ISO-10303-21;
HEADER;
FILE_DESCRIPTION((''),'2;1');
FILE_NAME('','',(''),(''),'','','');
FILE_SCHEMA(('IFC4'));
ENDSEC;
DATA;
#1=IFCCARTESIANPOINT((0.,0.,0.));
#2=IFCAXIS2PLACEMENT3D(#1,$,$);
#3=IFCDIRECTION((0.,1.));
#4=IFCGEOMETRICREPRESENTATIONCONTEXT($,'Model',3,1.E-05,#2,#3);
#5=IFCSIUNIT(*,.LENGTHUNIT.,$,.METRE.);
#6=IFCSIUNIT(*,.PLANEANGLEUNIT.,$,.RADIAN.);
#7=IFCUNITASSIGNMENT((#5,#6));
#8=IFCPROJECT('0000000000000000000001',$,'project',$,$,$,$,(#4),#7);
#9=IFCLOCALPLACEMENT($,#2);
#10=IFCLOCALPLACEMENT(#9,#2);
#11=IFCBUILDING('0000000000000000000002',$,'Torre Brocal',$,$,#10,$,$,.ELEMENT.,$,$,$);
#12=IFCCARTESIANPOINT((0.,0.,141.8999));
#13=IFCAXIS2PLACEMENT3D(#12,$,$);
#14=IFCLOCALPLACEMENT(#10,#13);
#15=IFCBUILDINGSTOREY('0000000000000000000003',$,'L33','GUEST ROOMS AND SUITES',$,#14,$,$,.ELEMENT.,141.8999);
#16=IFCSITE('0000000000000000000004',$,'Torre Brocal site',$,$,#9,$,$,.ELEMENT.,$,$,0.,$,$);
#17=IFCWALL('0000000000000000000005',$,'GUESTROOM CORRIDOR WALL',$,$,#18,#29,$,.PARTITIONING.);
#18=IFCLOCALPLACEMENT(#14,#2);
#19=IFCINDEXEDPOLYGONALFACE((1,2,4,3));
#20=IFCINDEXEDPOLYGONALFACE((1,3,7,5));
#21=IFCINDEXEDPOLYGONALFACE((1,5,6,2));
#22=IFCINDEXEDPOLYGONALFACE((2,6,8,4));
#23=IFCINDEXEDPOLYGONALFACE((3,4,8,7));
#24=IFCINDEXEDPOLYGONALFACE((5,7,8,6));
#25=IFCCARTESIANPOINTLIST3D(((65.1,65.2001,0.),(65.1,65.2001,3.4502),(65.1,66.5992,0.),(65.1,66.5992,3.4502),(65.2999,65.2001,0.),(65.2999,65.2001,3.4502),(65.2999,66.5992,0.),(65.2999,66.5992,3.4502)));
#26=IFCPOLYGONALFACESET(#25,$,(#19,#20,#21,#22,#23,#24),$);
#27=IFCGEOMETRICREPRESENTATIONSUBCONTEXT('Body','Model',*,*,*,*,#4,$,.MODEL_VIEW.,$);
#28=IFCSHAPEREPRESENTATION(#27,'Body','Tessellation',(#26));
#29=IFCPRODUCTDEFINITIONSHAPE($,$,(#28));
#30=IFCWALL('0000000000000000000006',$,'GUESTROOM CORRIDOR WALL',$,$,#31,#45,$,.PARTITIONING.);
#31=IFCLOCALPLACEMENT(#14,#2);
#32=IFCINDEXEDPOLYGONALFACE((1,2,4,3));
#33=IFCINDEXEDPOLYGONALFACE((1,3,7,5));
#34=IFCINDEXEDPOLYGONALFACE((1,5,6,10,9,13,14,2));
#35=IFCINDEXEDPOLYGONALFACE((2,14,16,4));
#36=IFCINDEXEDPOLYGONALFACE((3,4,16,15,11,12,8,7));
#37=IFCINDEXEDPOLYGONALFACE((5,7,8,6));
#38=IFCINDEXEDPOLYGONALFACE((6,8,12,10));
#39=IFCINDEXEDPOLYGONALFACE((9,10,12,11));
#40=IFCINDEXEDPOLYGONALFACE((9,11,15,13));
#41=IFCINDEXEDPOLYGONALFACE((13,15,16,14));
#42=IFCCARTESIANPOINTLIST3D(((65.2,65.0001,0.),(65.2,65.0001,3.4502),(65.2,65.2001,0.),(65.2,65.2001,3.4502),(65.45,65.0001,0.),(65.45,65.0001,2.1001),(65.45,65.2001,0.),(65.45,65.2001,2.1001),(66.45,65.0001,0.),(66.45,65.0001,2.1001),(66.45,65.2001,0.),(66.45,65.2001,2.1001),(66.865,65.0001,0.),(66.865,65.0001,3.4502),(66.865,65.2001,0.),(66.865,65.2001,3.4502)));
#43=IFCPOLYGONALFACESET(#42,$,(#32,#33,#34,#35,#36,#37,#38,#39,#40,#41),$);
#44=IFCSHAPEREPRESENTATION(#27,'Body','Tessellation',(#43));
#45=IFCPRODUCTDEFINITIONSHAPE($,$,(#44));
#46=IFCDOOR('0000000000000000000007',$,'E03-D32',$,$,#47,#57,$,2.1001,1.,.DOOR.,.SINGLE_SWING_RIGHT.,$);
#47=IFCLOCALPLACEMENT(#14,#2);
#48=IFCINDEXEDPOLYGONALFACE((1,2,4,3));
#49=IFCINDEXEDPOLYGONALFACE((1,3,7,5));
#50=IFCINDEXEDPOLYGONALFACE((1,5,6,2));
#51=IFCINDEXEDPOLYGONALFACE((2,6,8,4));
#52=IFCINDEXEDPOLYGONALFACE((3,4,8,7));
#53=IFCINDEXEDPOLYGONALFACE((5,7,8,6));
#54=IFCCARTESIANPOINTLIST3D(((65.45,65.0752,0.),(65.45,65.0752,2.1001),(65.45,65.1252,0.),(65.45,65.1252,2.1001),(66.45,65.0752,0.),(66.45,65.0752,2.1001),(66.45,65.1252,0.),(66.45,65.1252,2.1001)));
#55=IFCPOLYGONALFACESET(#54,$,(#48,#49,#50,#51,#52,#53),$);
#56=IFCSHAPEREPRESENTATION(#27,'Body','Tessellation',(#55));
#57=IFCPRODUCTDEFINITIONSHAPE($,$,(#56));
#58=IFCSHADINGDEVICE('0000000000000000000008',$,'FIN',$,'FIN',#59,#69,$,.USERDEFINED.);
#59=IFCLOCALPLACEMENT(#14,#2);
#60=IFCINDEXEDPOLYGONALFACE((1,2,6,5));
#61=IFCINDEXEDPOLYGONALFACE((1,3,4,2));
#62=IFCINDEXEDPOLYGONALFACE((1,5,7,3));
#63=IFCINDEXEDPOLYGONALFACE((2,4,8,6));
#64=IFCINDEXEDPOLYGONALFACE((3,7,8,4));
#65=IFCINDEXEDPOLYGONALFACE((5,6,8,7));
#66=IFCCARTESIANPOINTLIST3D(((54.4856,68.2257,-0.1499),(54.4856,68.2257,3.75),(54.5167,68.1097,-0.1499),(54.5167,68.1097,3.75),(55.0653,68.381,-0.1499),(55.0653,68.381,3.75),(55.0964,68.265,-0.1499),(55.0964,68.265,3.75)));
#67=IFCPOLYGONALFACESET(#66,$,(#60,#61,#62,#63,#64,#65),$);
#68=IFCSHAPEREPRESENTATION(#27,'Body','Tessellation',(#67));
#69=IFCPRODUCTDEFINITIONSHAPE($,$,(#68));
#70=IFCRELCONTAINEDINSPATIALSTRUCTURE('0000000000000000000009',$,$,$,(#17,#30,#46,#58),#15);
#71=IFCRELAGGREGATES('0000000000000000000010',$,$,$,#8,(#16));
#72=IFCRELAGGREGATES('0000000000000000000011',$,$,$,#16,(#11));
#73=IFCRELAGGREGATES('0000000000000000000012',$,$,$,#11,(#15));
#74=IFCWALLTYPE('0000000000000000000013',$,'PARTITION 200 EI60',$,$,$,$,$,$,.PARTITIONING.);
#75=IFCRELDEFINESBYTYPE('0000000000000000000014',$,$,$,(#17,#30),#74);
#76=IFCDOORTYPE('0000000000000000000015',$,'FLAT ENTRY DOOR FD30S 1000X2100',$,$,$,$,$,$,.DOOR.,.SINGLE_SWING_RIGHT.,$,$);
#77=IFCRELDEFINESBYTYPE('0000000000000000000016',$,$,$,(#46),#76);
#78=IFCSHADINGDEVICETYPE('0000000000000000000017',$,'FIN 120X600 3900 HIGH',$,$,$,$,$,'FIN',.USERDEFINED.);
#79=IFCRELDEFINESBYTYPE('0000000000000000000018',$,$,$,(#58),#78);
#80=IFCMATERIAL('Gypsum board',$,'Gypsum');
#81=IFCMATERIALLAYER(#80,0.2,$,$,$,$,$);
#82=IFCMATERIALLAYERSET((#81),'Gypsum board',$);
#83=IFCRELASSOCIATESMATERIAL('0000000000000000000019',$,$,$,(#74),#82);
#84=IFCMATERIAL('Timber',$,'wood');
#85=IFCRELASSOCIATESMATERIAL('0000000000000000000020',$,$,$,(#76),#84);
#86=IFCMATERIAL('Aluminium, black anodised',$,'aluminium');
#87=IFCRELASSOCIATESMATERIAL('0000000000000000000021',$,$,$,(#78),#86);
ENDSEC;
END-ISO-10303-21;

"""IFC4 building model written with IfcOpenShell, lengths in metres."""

from ifc_helpers import new_model, si_unit, direction, frame, frame_2d, origin, origin_2d, place, context, subcontext, project, spatial, rectangle, extrude, material, layer, layer_set, material_profile, profile_set, type_object, element, fill, save


model = new_model("IFC4")

# Units and contexts
model_context = context("Model", 3, precision=1e-05, world=origin(), true_north=direction((0.0, 1.0)))
body_context = subcontext(model_context, "Body", "Model", "MODEL_VIEW")
ifc_project = project(units=[si_unit("LENGTHUNIT", "METRE"), si_unit("PLANEANGLEUNIT", "RADIAN")], contexts=[model_context])

# Site, building, storey
site_placement = place(None, origin())
site = spatial("IfcSite", under=ifc_project, at=site_placement, Name="Torre Brocal site", CompositionType="ELEMENT", RefElevation=0.0)
building_placement = place(site_placement, origin())
building = spatial("IfcBuilding", under=site, at=building_placement, Name="Torre Brocal", CompositionType="ELEMENT")
storey_placement = place(building_placement, frame((0.0, 0.0, 141.8999)))
storey = spatial("IfcBuildingStorey", under=building, at=storey_placement, Name="L33", Description="GUEST ROOMS AND SUITES", CompositionType="ELEMENT", Elevation=141.8999)

# Wall
ifc_material_1 = material(Name="Gypsum board", Category="Gypsum")
ifc_layer_1 = layer(ifc_material_1, 0.2)
ifc_layer_set_1 = layer_set([ifc_layer_1], Name="Gypsum board")
wall_type_1 = type_object("IfcWallType", Name="PARTITION 200 EI60", PredefinedType="PARTITIONING", material=ifc_layer_set_1)
wall_1_placement = place(storey_placement, frame((65.2, 65.2, 0.0), z_axis=(0.0, 0.0, 1.0), x_axis=(0.0, 1.0, 0.0)))
element("IfcWall", 1, at=wall_1_placement, inside=storey, type_object=wall_type_1, Name="GUESTROOM CORRIDOR WALL", PredefinedType="PARTITIONING", context=body_context, shape_type="SweptSolid", body=[
    extrude(rectangle(XDim=1.3992, YDim=0.2, at=frame_2d((0.6997, 0.0))), origin(), (0.0, 0.0, 1.0), 3.4502),
])

# Wall, opening, door
wall_2_placement = place(storey_placement, frame((65.2, 65.1001, 0.0), z_axis=(0.0, 0.0, 1.0), x_axis=(1.0, 0.0, 0.0)))
wall_2 = element("IfcWall", 2, at=wall_2_placement, inside=storey, type_object=wall_type_1, Name="GUESTROOM CORRIDOR WALL", PredefinedType="PARTITIONING", context=body_context, shape_type="SweptSolid", body=[
    extrude(rectangle(XDim=1.665, YDim=0.2, at=frame_2d((0.8325, 0.0))), origin(), (0.0, 0.0, 1.0), 3.4502),
])
opening_1_placement = place(wall_2_placement, frame((0.25, 0.0, 0.0)))
opening_1 = element("IfcOpeningElement", 3, at=opening_1_placement, cuts=wall_2, PredefinedType="OPENING", context=body_context, shape_type="SweptSolid", body=[
    extrude(rectangle(XDim=1.0, YDim=2.1001, at=frame_2d((0.5, 1.05))), frame((0.0, 0.1099, 0.0), z_axis=(0.0, -1.0, 0.0), x_axis=(1.0, 0.0, 0.0)), (0.0, 0.0, 1.0), 0.22),
])
ifc_material_2 = material(Name="Timber", Category="wood")
door_type_1 = type_object("IfcDoorType", Name="FLAT ENTRY DOOR FD30S 1000X2100", OperationType="SINGLE_SWING_RIGHT", PredefinedType="DOOR", material=ifc_material_2)
door_1_placement = place(opening_1_placement, frame((1.0, 0.0, 0.0), z_axis=(0.0, 0.0, 1.0), x_axis=(-1.0, 0.0, 0.0)))
door_1 = element("IfcDoor", 4, at=door_1_placement, inside=storey, type_object=door_type_1, Name="E03-D32", OperationType="SINGLE_SWING_RIGHT", OverallHeight=2.1001, OverallWidth=1.0, PredefinedType="DOOR", context=body_context, shape_type="SweptSolid", body=[
    extrude(rectangle(XDim=1.0, YDim=2.1001, at=frame_2d((0.5, 1.05))), frame((0.0, 0.0249, 0.0), z_axis=(0.0, -1.0, 0.0), x_axis=(1.0, 0.0, 0.0)), (0.0, 0.0, 1.0), 0.05),
])
fill(opening_1, door_1)

# Shading device
ifc_material_3 = material(Name="Aluminium, black anodised", Category="aluminium")
ifc_material_profile_1 = material_profile(ifc_material_3, rectangle(XDim=0.1201, YDim=0.6001, at=origin_2d()), Name="FIN 120X600 3900 HIGH")
ifc_profile_set_1 = profile_set([ifc_material_profile_1], Name="Aluminium, black anodised")
shading_device_type = type_object("IfcShadingDeviceType", Name="FIN 120X600 3900 HIGH", ElementType="FIN", PredefinedType="USERDEFINED", material=ifc_profile_set_1)
shading_device_placement = place(storey_placement, frame((54.791, 68.2454, -0.1499), z_axis=(0.0, 0.0, 1.0), x_axis=(0.258819, -0.965926, 0.0)))
element("IfcShadingDevice", 5, at=shading_device_placement, inside=storey, type_object=shading_device_type, Name="FIN", ObjectType="FIN", PredefinedType="USERDEFINED", context=body_context, shape_type="SweptSolid", body=[
    extrude(rectangle(XDim=0.1201, YDim=0.6001, at=origin_2d()), origin(), (0.0, 0.0, 1.0), 3.8999),
])

save(model, "model.ifc")
